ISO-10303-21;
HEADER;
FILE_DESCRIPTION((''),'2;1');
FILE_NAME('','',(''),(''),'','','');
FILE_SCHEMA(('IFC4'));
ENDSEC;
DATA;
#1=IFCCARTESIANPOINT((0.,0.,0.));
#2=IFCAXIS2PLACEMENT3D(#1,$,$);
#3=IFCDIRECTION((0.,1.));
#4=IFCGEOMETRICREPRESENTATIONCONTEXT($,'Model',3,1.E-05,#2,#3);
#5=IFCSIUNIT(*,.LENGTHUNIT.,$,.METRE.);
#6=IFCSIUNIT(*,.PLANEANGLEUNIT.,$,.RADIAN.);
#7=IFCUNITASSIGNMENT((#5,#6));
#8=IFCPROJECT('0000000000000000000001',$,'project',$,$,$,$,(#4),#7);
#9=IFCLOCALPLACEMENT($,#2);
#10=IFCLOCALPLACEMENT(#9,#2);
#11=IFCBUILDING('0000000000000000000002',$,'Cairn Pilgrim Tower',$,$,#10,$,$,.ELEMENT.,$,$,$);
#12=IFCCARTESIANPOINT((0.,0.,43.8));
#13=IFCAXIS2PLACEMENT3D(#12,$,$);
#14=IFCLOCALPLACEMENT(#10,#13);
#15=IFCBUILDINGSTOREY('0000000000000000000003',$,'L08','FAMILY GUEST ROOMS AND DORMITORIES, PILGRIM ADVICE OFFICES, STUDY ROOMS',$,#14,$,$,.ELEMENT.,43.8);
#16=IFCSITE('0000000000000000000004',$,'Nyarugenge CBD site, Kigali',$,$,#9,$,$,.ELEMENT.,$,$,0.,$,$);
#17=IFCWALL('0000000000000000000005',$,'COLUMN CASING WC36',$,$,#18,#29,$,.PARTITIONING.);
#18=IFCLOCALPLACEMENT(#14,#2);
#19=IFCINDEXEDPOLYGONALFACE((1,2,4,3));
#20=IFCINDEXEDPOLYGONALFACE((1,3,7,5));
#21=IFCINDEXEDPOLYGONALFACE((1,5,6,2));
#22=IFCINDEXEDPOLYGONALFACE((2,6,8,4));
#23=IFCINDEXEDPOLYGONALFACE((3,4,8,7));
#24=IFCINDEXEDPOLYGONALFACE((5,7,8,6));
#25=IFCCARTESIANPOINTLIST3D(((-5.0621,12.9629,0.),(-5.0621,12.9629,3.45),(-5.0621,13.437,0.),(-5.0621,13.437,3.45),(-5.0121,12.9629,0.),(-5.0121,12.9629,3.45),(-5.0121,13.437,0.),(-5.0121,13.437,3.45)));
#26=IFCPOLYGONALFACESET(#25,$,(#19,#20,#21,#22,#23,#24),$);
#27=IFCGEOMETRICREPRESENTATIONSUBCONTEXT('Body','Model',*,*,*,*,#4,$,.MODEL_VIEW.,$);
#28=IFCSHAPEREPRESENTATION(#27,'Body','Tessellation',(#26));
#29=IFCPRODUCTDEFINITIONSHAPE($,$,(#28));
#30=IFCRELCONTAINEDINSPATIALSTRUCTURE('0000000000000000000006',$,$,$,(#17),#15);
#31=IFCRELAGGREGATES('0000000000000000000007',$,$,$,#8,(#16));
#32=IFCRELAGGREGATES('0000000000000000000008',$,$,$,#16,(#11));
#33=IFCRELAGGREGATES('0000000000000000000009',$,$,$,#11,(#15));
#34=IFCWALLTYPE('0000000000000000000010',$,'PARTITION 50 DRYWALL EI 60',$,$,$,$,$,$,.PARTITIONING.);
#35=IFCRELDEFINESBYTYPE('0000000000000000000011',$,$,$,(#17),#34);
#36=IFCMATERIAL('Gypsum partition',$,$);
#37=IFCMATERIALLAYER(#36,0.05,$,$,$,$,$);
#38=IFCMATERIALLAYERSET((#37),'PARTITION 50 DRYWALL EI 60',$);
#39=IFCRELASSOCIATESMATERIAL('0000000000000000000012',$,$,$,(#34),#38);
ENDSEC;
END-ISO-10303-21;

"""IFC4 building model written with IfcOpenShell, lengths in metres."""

from ifc_helpers import new_model, si_unit, direction, frame, frame_2d, origin, place, context, subcontext, project, spatial, rectangle, extrude, material, layer, layer_set, type_object, element, save


model = new_model("IFC4")

# Units and contexts
model_context = context("Model", 3, precision=1e-05, world=origin(), true_north=direction((0.0, 1.0)))
body_context = subcontext(model_context, "Body", "Model", "MODEL_VIEW")
ifc_project = project(units=[si_unit("LENGTHUNIT", "METRE"), si_unit("PLANEANGLEUNIT", "RADIAN")], contexts=[model_context])

# Site, building, storey
site_placement = place(None, origin())
site = spatial("IfcSite", under=ifc_project, at=site_placement, Name="Nyarugenge CBD site, Kigali", CompositionType="ELEMENT", RefElevation=0.0)
building_placement = place(site_placement, origin())
building = spatial("IfcBuilding", under=site, at=building_placement, Name="Cairn Pilgrim Tower", CompositionType="ELEMENT")
storey_placement = place(building_placement, frame((0.0, 0.0, 43.8)))
storey = spatial("IfcBuildingStorey", under=building, at=storey_placement, Name="L08", Description="FAMILY GUEST ROOMS AND DORMITORIES, PILGRIM ADVICE OFFICES, STUDY ROOMS", CompositionType="ELEMENT", Elevation=43.8)

# Shared definitions
ifc_material_1 = material(Name="Gypsum partition")

# Wall
ifc_layer_1 = layer(ifc_material_1, 0.05)
ifc_layer_set_1 = layer_set([ifc_layer_1], Name="PARTITION 50 DRYWALL EI 60")
wall_type_1 = type_object("IfcWallType", Name="PARTITION 50 DRYWALL EI 60", PredefinedType="PARTITIONING", material=ifc_layer_set_1)
wall_1_placement = place(storey_placement, frame((-5.0371, 12.9629, 0.0), z_axis=(0.0, 0.0, 1.0), x_axis=(0.0, 1.0, 0.0)))
element("IfcWall", 1, at=wall_1_placement, inside=storey, type_object=wall_type_1, Name="COLUMN CASING WC36", PredefinedType="PARTITIONING", context=body_context, shape_type="SweptSolid", body=[
    extrude(rectangle(XDim=0.4741, YDim=0.05, at=frame_2d((0.2371, 0.0))), origin(), (0.0, 0.0, 1.0), 3.45),
])

save(model, "model.ifc")
